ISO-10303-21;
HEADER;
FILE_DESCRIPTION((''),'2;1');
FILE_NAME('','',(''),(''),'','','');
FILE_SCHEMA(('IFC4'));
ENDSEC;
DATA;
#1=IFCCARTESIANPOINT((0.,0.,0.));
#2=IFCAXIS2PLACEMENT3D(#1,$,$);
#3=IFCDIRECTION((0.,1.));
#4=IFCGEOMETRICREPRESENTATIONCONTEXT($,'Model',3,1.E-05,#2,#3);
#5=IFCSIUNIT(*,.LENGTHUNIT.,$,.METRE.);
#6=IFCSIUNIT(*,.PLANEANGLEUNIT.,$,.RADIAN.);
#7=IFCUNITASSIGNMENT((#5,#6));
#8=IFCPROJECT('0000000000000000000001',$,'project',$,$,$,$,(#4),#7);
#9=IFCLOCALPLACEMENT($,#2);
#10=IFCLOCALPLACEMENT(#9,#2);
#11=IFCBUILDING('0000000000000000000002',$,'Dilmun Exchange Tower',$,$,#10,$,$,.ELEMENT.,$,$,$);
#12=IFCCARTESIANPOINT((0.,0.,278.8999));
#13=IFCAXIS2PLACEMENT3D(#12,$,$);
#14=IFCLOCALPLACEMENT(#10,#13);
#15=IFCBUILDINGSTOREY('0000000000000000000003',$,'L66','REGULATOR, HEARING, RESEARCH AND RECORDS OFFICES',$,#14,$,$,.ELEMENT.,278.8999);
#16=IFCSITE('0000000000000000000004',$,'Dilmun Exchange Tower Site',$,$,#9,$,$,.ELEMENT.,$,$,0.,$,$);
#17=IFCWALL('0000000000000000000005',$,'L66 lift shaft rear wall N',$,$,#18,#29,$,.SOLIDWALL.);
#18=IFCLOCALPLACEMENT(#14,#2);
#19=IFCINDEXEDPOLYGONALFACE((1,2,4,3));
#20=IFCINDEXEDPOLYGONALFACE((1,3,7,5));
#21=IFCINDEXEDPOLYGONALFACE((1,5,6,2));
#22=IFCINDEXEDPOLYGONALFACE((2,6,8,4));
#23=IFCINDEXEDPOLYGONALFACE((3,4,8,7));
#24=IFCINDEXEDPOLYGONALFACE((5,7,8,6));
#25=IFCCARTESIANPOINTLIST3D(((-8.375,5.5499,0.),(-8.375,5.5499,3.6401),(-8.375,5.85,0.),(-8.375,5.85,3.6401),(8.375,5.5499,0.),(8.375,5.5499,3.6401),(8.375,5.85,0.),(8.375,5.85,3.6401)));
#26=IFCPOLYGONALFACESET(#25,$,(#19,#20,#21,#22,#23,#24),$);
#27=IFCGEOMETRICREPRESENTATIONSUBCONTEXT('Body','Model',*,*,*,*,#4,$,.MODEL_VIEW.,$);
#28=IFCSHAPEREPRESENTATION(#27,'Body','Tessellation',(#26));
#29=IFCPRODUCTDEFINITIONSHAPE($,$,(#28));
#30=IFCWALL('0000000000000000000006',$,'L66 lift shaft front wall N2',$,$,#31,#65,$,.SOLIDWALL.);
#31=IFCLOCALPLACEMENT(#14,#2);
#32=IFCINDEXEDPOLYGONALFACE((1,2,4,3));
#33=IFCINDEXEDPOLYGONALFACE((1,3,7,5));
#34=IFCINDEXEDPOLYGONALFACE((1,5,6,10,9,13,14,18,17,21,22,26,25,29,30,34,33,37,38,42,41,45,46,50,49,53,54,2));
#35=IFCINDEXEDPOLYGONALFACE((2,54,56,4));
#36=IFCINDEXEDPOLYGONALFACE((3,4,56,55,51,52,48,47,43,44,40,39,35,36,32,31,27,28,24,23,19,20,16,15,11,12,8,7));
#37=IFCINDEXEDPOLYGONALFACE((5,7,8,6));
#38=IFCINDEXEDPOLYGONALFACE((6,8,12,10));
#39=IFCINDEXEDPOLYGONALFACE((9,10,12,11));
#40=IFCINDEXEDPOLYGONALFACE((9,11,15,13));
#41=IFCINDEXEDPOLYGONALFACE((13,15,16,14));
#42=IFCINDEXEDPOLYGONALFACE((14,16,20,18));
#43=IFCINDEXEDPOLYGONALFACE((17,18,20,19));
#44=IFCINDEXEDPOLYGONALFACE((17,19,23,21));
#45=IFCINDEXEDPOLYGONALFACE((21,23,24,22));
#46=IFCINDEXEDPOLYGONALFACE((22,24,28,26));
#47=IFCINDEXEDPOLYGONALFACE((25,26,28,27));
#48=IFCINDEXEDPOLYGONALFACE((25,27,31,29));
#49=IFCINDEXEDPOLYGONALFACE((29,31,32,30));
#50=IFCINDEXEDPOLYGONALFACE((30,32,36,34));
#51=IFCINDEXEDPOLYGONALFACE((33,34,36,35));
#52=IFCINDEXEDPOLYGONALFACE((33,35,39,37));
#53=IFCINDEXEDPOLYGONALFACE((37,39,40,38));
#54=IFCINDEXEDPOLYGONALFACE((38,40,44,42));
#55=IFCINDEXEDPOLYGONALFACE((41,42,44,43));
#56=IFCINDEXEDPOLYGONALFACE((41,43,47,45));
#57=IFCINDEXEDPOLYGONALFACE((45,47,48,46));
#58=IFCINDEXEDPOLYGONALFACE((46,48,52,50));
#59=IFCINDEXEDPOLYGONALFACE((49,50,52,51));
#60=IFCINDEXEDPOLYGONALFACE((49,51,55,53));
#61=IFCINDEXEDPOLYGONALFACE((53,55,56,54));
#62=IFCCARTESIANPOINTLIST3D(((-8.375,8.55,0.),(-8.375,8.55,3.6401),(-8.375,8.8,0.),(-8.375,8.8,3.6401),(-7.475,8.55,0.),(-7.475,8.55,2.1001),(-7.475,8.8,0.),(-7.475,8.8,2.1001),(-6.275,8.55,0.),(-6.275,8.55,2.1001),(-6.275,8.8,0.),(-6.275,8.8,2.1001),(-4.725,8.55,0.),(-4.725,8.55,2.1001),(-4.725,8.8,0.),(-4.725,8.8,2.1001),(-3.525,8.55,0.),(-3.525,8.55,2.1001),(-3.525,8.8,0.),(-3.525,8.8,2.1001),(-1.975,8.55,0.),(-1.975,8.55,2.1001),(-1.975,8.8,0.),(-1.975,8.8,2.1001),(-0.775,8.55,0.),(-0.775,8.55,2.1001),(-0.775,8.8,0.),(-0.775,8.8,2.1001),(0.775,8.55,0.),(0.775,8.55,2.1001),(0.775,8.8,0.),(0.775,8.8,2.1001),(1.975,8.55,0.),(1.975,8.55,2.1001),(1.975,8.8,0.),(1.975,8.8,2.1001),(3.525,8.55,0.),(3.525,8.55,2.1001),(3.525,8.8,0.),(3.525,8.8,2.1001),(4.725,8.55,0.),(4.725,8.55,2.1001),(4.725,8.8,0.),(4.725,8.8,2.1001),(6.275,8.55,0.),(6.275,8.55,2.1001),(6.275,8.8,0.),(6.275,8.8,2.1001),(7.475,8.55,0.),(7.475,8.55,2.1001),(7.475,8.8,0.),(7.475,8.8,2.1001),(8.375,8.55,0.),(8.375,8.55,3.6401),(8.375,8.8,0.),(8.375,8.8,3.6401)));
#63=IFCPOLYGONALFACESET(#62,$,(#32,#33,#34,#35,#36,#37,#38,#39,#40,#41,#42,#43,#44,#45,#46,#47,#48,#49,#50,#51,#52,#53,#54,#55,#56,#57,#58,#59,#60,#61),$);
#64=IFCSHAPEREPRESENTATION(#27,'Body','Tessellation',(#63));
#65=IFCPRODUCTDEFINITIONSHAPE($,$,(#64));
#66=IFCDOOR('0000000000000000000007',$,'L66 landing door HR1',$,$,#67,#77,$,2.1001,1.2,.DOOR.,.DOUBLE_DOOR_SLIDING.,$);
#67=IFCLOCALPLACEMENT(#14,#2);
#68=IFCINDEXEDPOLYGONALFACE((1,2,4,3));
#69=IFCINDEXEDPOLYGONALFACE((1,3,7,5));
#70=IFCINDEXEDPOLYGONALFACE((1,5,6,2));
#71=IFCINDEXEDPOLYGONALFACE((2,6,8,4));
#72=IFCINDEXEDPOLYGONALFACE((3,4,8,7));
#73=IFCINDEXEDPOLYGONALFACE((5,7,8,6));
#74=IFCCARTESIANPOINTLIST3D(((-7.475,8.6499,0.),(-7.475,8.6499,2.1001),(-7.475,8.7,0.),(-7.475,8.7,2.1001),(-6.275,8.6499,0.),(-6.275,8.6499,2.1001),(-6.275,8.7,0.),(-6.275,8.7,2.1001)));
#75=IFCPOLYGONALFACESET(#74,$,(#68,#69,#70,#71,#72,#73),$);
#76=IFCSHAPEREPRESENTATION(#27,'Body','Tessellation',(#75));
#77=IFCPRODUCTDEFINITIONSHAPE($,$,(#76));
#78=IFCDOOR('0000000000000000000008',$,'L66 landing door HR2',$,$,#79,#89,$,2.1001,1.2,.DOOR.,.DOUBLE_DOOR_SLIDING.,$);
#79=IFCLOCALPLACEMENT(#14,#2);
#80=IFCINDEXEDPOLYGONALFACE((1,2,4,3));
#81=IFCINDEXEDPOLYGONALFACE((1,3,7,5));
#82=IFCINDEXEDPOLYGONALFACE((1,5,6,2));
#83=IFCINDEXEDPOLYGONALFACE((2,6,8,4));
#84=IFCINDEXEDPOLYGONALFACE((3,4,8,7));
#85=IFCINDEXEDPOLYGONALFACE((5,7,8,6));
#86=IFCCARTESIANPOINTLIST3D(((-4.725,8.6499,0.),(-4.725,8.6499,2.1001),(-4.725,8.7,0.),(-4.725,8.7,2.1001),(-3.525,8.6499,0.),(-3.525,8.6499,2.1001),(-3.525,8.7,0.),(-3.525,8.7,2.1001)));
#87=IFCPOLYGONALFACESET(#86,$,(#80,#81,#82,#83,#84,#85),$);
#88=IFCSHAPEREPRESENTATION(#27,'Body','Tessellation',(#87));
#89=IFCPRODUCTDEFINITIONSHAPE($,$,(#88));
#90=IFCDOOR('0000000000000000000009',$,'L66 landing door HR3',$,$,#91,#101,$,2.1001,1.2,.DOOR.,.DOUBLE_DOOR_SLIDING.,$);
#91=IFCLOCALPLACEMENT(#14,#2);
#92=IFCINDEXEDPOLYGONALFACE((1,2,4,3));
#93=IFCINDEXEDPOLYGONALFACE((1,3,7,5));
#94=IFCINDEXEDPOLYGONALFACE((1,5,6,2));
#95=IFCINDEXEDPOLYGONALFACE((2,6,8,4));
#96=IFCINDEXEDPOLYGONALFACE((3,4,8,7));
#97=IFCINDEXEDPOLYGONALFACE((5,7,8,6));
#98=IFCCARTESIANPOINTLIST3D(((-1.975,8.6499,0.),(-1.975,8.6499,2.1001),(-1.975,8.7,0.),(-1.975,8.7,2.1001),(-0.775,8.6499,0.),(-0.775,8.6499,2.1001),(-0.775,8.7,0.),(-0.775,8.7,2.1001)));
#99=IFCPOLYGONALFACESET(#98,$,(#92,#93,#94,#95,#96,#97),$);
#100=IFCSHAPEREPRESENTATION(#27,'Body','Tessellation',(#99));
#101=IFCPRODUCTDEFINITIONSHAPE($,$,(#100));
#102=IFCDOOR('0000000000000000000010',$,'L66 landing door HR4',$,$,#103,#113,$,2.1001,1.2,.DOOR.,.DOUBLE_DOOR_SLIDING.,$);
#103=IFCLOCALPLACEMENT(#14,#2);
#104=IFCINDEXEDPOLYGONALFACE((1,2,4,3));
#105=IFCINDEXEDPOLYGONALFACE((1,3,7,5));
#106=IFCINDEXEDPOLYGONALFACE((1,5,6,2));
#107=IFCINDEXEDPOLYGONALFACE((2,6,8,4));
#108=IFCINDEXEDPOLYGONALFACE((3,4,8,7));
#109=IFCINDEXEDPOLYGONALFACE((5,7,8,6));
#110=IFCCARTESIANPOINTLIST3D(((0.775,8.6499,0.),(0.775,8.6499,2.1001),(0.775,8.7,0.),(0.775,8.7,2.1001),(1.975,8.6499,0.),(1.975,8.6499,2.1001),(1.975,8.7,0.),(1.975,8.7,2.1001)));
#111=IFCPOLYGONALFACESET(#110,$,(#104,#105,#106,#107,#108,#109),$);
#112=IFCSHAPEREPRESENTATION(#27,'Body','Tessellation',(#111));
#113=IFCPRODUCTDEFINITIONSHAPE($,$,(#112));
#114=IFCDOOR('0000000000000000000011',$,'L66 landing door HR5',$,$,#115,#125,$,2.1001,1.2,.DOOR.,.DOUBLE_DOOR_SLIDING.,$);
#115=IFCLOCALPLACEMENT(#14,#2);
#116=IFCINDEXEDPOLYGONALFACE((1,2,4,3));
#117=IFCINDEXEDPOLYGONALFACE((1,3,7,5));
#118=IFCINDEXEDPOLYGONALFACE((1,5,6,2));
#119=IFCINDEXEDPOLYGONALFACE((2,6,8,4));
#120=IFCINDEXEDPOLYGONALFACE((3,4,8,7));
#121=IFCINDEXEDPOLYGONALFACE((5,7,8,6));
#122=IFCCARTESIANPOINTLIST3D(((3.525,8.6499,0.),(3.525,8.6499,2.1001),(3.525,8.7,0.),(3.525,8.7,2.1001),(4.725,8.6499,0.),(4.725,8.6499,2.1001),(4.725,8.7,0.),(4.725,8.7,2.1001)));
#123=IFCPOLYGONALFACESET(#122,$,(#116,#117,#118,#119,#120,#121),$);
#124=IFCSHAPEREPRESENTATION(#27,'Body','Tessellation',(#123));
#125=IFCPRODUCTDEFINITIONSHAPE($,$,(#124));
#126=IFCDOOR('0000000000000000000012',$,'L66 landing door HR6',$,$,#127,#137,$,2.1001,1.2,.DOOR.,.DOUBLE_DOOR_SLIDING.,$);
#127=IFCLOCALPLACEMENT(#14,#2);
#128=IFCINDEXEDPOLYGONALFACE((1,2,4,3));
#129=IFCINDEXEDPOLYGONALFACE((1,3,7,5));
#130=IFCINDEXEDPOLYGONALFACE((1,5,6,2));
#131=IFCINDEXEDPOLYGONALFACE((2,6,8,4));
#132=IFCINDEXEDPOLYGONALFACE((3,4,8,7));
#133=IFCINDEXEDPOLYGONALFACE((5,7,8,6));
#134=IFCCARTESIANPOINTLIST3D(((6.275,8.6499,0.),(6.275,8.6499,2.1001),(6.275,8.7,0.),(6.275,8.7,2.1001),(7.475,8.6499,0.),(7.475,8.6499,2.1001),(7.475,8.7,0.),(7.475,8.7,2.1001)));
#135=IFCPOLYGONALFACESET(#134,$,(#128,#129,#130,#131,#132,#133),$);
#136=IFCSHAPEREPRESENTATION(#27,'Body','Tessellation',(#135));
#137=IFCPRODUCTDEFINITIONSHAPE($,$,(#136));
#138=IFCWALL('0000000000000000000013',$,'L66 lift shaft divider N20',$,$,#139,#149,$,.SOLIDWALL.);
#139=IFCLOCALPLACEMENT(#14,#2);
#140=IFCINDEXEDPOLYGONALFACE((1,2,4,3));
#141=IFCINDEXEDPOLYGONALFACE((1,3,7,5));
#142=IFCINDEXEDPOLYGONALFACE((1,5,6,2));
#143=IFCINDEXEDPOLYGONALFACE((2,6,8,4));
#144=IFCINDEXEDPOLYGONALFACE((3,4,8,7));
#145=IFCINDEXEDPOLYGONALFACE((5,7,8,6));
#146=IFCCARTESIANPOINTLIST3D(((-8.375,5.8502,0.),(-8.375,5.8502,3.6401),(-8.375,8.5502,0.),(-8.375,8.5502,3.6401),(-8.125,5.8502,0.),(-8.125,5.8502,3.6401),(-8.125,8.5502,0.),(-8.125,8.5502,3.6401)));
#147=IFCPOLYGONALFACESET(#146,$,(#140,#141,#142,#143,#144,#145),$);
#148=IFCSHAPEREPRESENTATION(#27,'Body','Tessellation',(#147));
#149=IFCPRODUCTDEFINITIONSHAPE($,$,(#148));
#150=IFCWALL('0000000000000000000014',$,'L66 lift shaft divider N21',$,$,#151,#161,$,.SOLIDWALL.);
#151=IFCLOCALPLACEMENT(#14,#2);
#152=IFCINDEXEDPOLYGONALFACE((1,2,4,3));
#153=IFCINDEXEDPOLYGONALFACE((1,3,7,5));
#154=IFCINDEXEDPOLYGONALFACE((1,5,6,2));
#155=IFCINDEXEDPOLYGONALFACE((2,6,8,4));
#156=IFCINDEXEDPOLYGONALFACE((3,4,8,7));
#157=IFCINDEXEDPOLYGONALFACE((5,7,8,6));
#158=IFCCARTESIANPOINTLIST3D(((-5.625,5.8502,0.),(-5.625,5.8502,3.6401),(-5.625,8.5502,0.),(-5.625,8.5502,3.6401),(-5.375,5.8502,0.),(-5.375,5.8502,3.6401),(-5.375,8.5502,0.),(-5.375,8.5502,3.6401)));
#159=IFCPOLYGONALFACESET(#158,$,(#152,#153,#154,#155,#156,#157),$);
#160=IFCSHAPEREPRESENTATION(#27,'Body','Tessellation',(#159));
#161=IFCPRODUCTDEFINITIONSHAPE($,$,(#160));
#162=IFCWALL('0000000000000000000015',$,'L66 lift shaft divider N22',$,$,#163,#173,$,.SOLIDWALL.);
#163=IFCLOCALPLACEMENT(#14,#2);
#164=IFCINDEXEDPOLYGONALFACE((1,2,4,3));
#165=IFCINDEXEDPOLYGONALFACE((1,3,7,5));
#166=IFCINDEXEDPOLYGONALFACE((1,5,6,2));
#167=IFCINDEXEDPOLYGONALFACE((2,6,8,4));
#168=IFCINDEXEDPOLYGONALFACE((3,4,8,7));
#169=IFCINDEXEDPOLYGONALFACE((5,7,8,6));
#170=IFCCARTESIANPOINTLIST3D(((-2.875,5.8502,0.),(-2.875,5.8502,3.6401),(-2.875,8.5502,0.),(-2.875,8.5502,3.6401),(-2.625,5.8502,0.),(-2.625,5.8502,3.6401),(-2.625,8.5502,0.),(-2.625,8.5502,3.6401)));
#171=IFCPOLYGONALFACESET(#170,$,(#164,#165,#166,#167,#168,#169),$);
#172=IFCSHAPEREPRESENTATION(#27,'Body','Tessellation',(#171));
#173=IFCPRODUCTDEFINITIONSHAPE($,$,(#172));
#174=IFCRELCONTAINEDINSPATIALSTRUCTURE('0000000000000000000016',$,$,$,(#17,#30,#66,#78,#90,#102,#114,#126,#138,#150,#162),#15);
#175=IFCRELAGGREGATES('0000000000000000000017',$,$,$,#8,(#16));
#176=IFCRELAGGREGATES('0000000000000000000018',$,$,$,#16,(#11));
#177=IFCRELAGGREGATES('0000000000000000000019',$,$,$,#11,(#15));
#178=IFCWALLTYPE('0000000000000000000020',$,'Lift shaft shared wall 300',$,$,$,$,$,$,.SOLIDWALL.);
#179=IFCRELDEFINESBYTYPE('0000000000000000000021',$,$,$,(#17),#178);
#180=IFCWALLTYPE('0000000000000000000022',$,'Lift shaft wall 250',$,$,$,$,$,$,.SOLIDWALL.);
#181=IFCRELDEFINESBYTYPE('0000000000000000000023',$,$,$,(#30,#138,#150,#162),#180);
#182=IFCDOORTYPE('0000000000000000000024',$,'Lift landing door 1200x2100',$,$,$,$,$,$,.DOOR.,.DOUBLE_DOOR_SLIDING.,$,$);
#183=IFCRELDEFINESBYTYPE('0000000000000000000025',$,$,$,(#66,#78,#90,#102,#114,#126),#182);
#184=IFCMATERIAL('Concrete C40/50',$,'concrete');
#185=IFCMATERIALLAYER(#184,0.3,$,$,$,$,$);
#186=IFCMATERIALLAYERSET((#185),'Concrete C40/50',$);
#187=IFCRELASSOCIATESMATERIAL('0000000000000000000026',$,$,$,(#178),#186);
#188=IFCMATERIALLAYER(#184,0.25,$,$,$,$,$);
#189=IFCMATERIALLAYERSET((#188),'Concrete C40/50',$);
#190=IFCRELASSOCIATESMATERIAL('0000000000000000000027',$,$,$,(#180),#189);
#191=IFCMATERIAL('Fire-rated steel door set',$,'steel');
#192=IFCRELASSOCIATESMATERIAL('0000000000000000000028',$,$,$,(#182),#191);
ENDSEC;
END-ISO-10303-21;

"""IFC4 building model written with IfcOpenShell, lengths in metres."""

from ifc_helpers import new_model, si_unit, direction, frame, frame_2d, origin, place, context, subcontext, project, spatial, rectangle, extrude, material, layer, layer_set, type_object, element, fill, save


model = new_model("IFC4")

# Units and contexts
model_context = context("Model", 3, precision=1e-05, world=origin(), true_north=direction((0.0, 1.0)))
body_context = subcontext(model_context, "Body", "Model", "MODEL_VIEW")
ifc_project = project(units=[si_unit("LENGTHUNIT", "METRE"), si_unit("PLANEANGLEUNIT", "RADIAN")], contexts=[model_context])

# Site, building, storey
site_placement = place(None, origin())
site = spatial("IfcSite", under=ifc_project, at=site_placement, Name="Dilmun Exchange Tower Site", CompositionType="ELEMENT", RefElevation=0.0)
building_placement = place(site_placement, origin())
building = spatial("IfcBuilding", under=site, at=building_placement, Name="Dilmun Exchange Tower", CompositionType="ELEMENT")
storey_placement = place(building_placement, frame((0.0, 0.0, 278.8999)))
storey = spatial("IfcBuildingStorey", under=building, at=storey_placement, Name="L66", Description="REGULATOR, HEARING, RESEARCH AND RECORDS OFFICES", CompositionType="ELEMENT", Elevation=278.8999)

# Shared definitions
ifc_material_1 = material(Name="Concrete C40/50", Category="concrete")

# Shared definitions
ifc_material_2 = material(Name="Fire-rated steel door set", Category="steel")

# Wall
ifc_layer_1 = layer(ifc_material_1, 0.3)
ifc_layer_set_1 = layer_set([ifc_layer_1], Name="Concrete C40/50")
wall_type_1 = type_object("IfcWallType", Name="Lift shaft shared wall 300", PredefinedType="SOLIDWALL", material=ifc_layer_set_1)
wall_1_placement = place(storey_placement, frame((-8.375, 5.7, 0.0), z_axis=(0.0, 0.0, 1.0), x_axis=(1.0, 0.0, 0.0)))
element("IfcWall", 1, at=wall_1_placement, inside=storey, type_object=wall_type_1, Name="L66 lift shaft rear wall N", PredefinedType="SOLIDWALL", context=body_context, shape_type="SweptSolid", body=[
    extrude(rectangle(XDim=16.75, YDim=0.3, at=frame_2d((8.375, 0.0))), origin(), (0.0, 0.0, 1.0), 3.6401),
])

# Wall, openings, doors
ifc_layer_2 = layer(ifc_material_1, 0.25)
ifc_layer_set_2 = layer_set([ifc_layer_2], Name="Concrete C40/50")
wall_type_2 = type_object("IfcWallType", Name="Lift shaft wall 250", PredefinedType="SOLIDWALL", material=ifc_layer_set_2)
wall_2_placement = place(storey_placement, frame((-8.375, 8.675, 0.0), z_axis=(0.0, 0.0, 1.0), x_axis=(1.0, 0.0, 0.0)))
wall_2 = element("IfcWall", 2, at=wall_2_placement, inside=storey, type_object=wall_type_2, Name="L66 lift shaft front wall N2", PredefinedType="SOLIDWALL", context=body_context, shape_type="SweptSolid", body=[
    extrude(rectangle(XDim=16.75, YDim=0.25, at=frame_2d((8.375, 0.0))), origin(), (0.0, 0.0, 1.0), 3.6401),
])
opening_1_placement = place(wall_2_placement, frame((0.8999, 0.0, 0.0)))
opening_1 = element("IfcOpeningElement", 3, at=opening_1_placement, cuts=wall_2, PredefinedType="OPENING", context=body_context, shape_type="SweptSolid", body=[
    extrude(rectangle(XDim=1.2, YDim=2.1001, at=frame_2d((0.6001, 1.05))), frame((0.0, 0.135, 0.0), z_axis=(0.0, -1.0, 0.0), x_axis=(1.0, 0.0, 0.0)), (0.0, 0.0, 1.0), 0.27),
])
opening_2_placement = place(wall_2_placement, frame((3.6499, 0.0, 0.0)))
opening_2 = element("IfcOpeningElement", 4, at=opening_2_placement, cuts=wall_2, PredefinedType="OPENING", context=body_context, shape_type="SweptSolid", body=[
    extrude(rectangle(XDim=1.2, YDim=2.1001, at=frame_2d((0.6001, 1.05))), frame((0.0, 0.135, 0.0), z_axis=(0.0, -1.0, 0.0), x_axis=(1.0, 0.0, 0.0)), (0.0, 0.0, 1.0), 0.27),
])
opening_3_placement = place(wall_2_placement, frame((6.3999, 0.0, 0.0)))
opening_3 = element("IfcOpeningElement", 5, at=opening_3_placement, cuts=wall_2, PredefinedType="OPENING", context=body_context, shape_type="SweptSolid", body=[
    extrude(rectangle(XDim=1.2, YDim=2.1001, at=frame_2d((0.6001, 1.05))), frame((0.0, 0.135, 0.0), z_axis=(0.0, -1.0, 0.0), x_axis=(1.0, 0.0, 0.0)), (0.0, 0.0, 1.0), 0.27),
])
opening_4_placement = place(wall_2_placement, frame((9.1499, 0.0, 0.0)))
opening_4 = element("IfcOpeningElement", 6, at=opening_4_placement, cuts=wall_2, PredefinedType="OPENING", context=body_context, shape_type="SweptSolid", body=[
    extrude(rectangle(XDim=1.2, YDim=2.1001, at=frame_2d((0.6001, 1.05))), frame((0.0, 0.135, 0.0), z_axis=(0.0, -1.0, 0.0), x_axis=(1.0, 0.0, 0.0)), (0.0, 0.0, 1.0), 0.27),
])
opening_5_placement = place(wall_2_placement, frame((11.8999, 0.0, 0.0)))
opening_5 = element("IfcOpeningElement", 7, at=opening_5_placement, cuts=wall_2, PredefinedType="OPENING", context=body_context, shape_type="SweptSolid", body=[
    extrude(rectangle(XDim=1.2, YDim=2.1001, at=frame_2d((0.6001, 1.05))), frame((0.0, 0.135, 0.0), z_axis=(0.0, -1.0, 0.0), x_axis=(1.0, 0.0, 0.0)), (0.0, 0.0, 1.0), 0.27),
])
opening_6_placement = place(wall_2_placement, frame((14.6499, 0.0, 0.0)))
opening_6 = element("IfcOpeningElement", 8, at=opening_6_placement, cuts=wall_2, PredefinedType="OPENING", context=body_context, shape_type="SweptSolid", body=[
    extrude(rectangle(XDim=1.2, YDim=2.1001, at=frame_2d((0.6001, 1.05))), frame((0.0, 0.135, 0.0), z_axis=(0.0, -1.0, 0.0), x_axis=(1.0, 0.0, 0.0)), (0.0, 0.0, 1.0), 0.27),
])
door_type_1 = type_object("IfcDoorType", Name="Lift landing door 1200x2100", OperationType="DOUBLE_DOOR_SLIDING", PredefinedType="DOOR", material=ifc_material_2)
door_1_placement = place(opening_1_placement, origin())
door_1 = element("IfcDoor", 9, at=door_1_placement, inside=storey, type_object=door_type_1, Name="L66 landing door HR1", OperationType="DOUBLE_DOOR_SLIDING", OverallHeight=2.1001, OverallWidth=1.2, PredefinedType="DOOR", context=body_context, shape_type="SweptSolid", body=[
    extrude(rectangle(XDim=1.2, YDim=2.1001, at=frame_2d((0.6001, 1.05))), frame((0.0, 0.0249, 0.0), z_axis=(0.0, -1.0, 0.0), x_axis=(1.0, 0.0, 0.0)), (0.0, 0.0, 1.0), 0.05),
])
fill(opening_1, door_1)
door_2_placement = place(opening_2_placement, origin())
door_2 = element("IfcDoor", 10, at=door_2_placement, inside=storey, type_object=door_type_1, Name="L66 landing door HR2", OperationType="DOUBLE_DOOR_SLIDING", OverallHeight=2.1001, OverallWidth=1.2, PredefinedType="DOOR", context=body_context, shape_type="SweptSolid", body=[
    extrude(rectangle(XDim=1.2, YDim=2.1001, at=frame_2d((0.6001, 1.05))), frame((0.0, 0.0249, 0.0), z_axis=(0.0, -1.0, 0.0), x_axis=(1.0, 0.0, 0.0)), (0.0, 0.0, 1.0), 0.05),
])
fill(opening_2, door_2)
door_3_placement = place(opening_3_placement, origin())
door_3 = element("IfcDoor", 11, at=door_3_placement, inside=storey, type_object=door_type_1, Name="L66 landing door HR3", OperationType="DOUBLE_DOOR_SLIDING", OverallHeight=2.1001, OverallWidth=1.2, PredefinedType="DOOR", context=body_context, shape_type="SweptSolid", body=[
    extrude(rectangle(XDim=1.2, YDim=2.1001, at=frame_2d((0.6001, 1.05))), frame((0.0, 0.0249, 0.0), z_axis=(0.0, -1.0, 0.0), x_axis=(1.0, 0.0, 0.0)), (0.0, 0.0, 1.0), 0.05),
])
fill(opening_3, door_3)
door_4_placement = place(opening_4_placement, origin())
door_4 = element("IfcDoor", 12, at=door_4_placement, inside=storey, type_object=door_type_1, Name="L66 landing door HR4", OperationType="DOUBLE_DOOR_SLIDING", OverallHeight=2.1001, OverallWidth=1.2, PredefinedType="DOOR", context=body_context, shape_type="SweptSolid", body=[
    extrude(rectangle(XDim=1.2, YDim=2.1001, at=frame_2d((0.6001, 1.05))), frame((0.0, 0.0249, 0.0), z_axis=(0.0, -1.0, 0.0), x_axis=(1.0, 0.0, 0.0)), (0.0, 0.0, 1.0), 0.05),
])
fill(opening_4, door_4)
door_5_placement = place(opening_5_placement, origin())
door_5 = element("IfcDoor", 13, at=door_5_placement, inside=storey, type_object=door_type_1, Name="L66 landing door HR5", OperationType="DOUBLE_DOOR_SLIDING", OverallHeight=2.1001, OverallWidth=1.2, PredefinedType="DOOR", context=body_context, shape_type="SweptSolid", body=[
    extrude(rectangle(XDim=1.2, YDim=2.1001, at=frame_2d((0.6001, 1.05))), frame((0.0, 0.0249, 0.0), z_axis=(0.0, -1.0, 0.0), x_axis=(1.0, 0.0, 0.0)), (0.0, 0.0, 1.0), 0.05),
])
fill(opening_5, door_5)
door_6_placement = place(opening_6_placement, origin())
door_6 = element("IfcDoor", 14, at=door_6_placement, inside=storey, type_object=door_type_1, Name="L66 landing door HR6", OperationType="DOUBLE_DOOR_SLIDING", OverallHeight=2.1001, OverallWidth=1.2, PredefinedType="DOOR", context=body_context, shape_type="SweptSolid", body=[
    extrude(rectangle(XDim=1.2, YDim=2.1001, at=frame_2d((0.6001, 1.05))), frame((0.0, 0.0249, 0.0), z_axis=(0.0, -1.0, 0.0), x_axis=(1.0, 0.0, 0.0)), (0.0, 0.0, 1.0), 0.05),
])
fill(opening_6, door_6)

# Walls
for number, where, z_axis, x_axis, name in (
    (15, (-8.25, 5.8501, 0.0), (0.0, 0.0, 1.0), (0.0, 1.0, 0.0), "L66 lift shaft divider N20"),
    (16, (-5.5, 5.8501, 0.0), (0.0, 0.0, 1.0), (0.0, 1.0, 0.0), "L66 lift shaft divider N21"),
    (17, (-2.75, 5.8501, 0.0), (0.0, 0.0, 1.0), (0.0, 1.0, 0.0), "L66 lift shaft divider N22"),
):
    element("IfcWall", number, at=place(storey_placement, frame(where, z_axis=z_axis, x_axis=x_axis)), inside=storey, type_object=wall_type_2, Name=name, PredefinedType="SOLIDWALL", context=body_context, shape_type="SweptSolid", body=[
        extrude(rectangle(XDim=2.7, YDim=0.25, at=frame_2d((1.3501, 0.0))), origin(), (0.0, 0.0, 1.0), 3.6401),
    ])

save(model, "model.ifc")
